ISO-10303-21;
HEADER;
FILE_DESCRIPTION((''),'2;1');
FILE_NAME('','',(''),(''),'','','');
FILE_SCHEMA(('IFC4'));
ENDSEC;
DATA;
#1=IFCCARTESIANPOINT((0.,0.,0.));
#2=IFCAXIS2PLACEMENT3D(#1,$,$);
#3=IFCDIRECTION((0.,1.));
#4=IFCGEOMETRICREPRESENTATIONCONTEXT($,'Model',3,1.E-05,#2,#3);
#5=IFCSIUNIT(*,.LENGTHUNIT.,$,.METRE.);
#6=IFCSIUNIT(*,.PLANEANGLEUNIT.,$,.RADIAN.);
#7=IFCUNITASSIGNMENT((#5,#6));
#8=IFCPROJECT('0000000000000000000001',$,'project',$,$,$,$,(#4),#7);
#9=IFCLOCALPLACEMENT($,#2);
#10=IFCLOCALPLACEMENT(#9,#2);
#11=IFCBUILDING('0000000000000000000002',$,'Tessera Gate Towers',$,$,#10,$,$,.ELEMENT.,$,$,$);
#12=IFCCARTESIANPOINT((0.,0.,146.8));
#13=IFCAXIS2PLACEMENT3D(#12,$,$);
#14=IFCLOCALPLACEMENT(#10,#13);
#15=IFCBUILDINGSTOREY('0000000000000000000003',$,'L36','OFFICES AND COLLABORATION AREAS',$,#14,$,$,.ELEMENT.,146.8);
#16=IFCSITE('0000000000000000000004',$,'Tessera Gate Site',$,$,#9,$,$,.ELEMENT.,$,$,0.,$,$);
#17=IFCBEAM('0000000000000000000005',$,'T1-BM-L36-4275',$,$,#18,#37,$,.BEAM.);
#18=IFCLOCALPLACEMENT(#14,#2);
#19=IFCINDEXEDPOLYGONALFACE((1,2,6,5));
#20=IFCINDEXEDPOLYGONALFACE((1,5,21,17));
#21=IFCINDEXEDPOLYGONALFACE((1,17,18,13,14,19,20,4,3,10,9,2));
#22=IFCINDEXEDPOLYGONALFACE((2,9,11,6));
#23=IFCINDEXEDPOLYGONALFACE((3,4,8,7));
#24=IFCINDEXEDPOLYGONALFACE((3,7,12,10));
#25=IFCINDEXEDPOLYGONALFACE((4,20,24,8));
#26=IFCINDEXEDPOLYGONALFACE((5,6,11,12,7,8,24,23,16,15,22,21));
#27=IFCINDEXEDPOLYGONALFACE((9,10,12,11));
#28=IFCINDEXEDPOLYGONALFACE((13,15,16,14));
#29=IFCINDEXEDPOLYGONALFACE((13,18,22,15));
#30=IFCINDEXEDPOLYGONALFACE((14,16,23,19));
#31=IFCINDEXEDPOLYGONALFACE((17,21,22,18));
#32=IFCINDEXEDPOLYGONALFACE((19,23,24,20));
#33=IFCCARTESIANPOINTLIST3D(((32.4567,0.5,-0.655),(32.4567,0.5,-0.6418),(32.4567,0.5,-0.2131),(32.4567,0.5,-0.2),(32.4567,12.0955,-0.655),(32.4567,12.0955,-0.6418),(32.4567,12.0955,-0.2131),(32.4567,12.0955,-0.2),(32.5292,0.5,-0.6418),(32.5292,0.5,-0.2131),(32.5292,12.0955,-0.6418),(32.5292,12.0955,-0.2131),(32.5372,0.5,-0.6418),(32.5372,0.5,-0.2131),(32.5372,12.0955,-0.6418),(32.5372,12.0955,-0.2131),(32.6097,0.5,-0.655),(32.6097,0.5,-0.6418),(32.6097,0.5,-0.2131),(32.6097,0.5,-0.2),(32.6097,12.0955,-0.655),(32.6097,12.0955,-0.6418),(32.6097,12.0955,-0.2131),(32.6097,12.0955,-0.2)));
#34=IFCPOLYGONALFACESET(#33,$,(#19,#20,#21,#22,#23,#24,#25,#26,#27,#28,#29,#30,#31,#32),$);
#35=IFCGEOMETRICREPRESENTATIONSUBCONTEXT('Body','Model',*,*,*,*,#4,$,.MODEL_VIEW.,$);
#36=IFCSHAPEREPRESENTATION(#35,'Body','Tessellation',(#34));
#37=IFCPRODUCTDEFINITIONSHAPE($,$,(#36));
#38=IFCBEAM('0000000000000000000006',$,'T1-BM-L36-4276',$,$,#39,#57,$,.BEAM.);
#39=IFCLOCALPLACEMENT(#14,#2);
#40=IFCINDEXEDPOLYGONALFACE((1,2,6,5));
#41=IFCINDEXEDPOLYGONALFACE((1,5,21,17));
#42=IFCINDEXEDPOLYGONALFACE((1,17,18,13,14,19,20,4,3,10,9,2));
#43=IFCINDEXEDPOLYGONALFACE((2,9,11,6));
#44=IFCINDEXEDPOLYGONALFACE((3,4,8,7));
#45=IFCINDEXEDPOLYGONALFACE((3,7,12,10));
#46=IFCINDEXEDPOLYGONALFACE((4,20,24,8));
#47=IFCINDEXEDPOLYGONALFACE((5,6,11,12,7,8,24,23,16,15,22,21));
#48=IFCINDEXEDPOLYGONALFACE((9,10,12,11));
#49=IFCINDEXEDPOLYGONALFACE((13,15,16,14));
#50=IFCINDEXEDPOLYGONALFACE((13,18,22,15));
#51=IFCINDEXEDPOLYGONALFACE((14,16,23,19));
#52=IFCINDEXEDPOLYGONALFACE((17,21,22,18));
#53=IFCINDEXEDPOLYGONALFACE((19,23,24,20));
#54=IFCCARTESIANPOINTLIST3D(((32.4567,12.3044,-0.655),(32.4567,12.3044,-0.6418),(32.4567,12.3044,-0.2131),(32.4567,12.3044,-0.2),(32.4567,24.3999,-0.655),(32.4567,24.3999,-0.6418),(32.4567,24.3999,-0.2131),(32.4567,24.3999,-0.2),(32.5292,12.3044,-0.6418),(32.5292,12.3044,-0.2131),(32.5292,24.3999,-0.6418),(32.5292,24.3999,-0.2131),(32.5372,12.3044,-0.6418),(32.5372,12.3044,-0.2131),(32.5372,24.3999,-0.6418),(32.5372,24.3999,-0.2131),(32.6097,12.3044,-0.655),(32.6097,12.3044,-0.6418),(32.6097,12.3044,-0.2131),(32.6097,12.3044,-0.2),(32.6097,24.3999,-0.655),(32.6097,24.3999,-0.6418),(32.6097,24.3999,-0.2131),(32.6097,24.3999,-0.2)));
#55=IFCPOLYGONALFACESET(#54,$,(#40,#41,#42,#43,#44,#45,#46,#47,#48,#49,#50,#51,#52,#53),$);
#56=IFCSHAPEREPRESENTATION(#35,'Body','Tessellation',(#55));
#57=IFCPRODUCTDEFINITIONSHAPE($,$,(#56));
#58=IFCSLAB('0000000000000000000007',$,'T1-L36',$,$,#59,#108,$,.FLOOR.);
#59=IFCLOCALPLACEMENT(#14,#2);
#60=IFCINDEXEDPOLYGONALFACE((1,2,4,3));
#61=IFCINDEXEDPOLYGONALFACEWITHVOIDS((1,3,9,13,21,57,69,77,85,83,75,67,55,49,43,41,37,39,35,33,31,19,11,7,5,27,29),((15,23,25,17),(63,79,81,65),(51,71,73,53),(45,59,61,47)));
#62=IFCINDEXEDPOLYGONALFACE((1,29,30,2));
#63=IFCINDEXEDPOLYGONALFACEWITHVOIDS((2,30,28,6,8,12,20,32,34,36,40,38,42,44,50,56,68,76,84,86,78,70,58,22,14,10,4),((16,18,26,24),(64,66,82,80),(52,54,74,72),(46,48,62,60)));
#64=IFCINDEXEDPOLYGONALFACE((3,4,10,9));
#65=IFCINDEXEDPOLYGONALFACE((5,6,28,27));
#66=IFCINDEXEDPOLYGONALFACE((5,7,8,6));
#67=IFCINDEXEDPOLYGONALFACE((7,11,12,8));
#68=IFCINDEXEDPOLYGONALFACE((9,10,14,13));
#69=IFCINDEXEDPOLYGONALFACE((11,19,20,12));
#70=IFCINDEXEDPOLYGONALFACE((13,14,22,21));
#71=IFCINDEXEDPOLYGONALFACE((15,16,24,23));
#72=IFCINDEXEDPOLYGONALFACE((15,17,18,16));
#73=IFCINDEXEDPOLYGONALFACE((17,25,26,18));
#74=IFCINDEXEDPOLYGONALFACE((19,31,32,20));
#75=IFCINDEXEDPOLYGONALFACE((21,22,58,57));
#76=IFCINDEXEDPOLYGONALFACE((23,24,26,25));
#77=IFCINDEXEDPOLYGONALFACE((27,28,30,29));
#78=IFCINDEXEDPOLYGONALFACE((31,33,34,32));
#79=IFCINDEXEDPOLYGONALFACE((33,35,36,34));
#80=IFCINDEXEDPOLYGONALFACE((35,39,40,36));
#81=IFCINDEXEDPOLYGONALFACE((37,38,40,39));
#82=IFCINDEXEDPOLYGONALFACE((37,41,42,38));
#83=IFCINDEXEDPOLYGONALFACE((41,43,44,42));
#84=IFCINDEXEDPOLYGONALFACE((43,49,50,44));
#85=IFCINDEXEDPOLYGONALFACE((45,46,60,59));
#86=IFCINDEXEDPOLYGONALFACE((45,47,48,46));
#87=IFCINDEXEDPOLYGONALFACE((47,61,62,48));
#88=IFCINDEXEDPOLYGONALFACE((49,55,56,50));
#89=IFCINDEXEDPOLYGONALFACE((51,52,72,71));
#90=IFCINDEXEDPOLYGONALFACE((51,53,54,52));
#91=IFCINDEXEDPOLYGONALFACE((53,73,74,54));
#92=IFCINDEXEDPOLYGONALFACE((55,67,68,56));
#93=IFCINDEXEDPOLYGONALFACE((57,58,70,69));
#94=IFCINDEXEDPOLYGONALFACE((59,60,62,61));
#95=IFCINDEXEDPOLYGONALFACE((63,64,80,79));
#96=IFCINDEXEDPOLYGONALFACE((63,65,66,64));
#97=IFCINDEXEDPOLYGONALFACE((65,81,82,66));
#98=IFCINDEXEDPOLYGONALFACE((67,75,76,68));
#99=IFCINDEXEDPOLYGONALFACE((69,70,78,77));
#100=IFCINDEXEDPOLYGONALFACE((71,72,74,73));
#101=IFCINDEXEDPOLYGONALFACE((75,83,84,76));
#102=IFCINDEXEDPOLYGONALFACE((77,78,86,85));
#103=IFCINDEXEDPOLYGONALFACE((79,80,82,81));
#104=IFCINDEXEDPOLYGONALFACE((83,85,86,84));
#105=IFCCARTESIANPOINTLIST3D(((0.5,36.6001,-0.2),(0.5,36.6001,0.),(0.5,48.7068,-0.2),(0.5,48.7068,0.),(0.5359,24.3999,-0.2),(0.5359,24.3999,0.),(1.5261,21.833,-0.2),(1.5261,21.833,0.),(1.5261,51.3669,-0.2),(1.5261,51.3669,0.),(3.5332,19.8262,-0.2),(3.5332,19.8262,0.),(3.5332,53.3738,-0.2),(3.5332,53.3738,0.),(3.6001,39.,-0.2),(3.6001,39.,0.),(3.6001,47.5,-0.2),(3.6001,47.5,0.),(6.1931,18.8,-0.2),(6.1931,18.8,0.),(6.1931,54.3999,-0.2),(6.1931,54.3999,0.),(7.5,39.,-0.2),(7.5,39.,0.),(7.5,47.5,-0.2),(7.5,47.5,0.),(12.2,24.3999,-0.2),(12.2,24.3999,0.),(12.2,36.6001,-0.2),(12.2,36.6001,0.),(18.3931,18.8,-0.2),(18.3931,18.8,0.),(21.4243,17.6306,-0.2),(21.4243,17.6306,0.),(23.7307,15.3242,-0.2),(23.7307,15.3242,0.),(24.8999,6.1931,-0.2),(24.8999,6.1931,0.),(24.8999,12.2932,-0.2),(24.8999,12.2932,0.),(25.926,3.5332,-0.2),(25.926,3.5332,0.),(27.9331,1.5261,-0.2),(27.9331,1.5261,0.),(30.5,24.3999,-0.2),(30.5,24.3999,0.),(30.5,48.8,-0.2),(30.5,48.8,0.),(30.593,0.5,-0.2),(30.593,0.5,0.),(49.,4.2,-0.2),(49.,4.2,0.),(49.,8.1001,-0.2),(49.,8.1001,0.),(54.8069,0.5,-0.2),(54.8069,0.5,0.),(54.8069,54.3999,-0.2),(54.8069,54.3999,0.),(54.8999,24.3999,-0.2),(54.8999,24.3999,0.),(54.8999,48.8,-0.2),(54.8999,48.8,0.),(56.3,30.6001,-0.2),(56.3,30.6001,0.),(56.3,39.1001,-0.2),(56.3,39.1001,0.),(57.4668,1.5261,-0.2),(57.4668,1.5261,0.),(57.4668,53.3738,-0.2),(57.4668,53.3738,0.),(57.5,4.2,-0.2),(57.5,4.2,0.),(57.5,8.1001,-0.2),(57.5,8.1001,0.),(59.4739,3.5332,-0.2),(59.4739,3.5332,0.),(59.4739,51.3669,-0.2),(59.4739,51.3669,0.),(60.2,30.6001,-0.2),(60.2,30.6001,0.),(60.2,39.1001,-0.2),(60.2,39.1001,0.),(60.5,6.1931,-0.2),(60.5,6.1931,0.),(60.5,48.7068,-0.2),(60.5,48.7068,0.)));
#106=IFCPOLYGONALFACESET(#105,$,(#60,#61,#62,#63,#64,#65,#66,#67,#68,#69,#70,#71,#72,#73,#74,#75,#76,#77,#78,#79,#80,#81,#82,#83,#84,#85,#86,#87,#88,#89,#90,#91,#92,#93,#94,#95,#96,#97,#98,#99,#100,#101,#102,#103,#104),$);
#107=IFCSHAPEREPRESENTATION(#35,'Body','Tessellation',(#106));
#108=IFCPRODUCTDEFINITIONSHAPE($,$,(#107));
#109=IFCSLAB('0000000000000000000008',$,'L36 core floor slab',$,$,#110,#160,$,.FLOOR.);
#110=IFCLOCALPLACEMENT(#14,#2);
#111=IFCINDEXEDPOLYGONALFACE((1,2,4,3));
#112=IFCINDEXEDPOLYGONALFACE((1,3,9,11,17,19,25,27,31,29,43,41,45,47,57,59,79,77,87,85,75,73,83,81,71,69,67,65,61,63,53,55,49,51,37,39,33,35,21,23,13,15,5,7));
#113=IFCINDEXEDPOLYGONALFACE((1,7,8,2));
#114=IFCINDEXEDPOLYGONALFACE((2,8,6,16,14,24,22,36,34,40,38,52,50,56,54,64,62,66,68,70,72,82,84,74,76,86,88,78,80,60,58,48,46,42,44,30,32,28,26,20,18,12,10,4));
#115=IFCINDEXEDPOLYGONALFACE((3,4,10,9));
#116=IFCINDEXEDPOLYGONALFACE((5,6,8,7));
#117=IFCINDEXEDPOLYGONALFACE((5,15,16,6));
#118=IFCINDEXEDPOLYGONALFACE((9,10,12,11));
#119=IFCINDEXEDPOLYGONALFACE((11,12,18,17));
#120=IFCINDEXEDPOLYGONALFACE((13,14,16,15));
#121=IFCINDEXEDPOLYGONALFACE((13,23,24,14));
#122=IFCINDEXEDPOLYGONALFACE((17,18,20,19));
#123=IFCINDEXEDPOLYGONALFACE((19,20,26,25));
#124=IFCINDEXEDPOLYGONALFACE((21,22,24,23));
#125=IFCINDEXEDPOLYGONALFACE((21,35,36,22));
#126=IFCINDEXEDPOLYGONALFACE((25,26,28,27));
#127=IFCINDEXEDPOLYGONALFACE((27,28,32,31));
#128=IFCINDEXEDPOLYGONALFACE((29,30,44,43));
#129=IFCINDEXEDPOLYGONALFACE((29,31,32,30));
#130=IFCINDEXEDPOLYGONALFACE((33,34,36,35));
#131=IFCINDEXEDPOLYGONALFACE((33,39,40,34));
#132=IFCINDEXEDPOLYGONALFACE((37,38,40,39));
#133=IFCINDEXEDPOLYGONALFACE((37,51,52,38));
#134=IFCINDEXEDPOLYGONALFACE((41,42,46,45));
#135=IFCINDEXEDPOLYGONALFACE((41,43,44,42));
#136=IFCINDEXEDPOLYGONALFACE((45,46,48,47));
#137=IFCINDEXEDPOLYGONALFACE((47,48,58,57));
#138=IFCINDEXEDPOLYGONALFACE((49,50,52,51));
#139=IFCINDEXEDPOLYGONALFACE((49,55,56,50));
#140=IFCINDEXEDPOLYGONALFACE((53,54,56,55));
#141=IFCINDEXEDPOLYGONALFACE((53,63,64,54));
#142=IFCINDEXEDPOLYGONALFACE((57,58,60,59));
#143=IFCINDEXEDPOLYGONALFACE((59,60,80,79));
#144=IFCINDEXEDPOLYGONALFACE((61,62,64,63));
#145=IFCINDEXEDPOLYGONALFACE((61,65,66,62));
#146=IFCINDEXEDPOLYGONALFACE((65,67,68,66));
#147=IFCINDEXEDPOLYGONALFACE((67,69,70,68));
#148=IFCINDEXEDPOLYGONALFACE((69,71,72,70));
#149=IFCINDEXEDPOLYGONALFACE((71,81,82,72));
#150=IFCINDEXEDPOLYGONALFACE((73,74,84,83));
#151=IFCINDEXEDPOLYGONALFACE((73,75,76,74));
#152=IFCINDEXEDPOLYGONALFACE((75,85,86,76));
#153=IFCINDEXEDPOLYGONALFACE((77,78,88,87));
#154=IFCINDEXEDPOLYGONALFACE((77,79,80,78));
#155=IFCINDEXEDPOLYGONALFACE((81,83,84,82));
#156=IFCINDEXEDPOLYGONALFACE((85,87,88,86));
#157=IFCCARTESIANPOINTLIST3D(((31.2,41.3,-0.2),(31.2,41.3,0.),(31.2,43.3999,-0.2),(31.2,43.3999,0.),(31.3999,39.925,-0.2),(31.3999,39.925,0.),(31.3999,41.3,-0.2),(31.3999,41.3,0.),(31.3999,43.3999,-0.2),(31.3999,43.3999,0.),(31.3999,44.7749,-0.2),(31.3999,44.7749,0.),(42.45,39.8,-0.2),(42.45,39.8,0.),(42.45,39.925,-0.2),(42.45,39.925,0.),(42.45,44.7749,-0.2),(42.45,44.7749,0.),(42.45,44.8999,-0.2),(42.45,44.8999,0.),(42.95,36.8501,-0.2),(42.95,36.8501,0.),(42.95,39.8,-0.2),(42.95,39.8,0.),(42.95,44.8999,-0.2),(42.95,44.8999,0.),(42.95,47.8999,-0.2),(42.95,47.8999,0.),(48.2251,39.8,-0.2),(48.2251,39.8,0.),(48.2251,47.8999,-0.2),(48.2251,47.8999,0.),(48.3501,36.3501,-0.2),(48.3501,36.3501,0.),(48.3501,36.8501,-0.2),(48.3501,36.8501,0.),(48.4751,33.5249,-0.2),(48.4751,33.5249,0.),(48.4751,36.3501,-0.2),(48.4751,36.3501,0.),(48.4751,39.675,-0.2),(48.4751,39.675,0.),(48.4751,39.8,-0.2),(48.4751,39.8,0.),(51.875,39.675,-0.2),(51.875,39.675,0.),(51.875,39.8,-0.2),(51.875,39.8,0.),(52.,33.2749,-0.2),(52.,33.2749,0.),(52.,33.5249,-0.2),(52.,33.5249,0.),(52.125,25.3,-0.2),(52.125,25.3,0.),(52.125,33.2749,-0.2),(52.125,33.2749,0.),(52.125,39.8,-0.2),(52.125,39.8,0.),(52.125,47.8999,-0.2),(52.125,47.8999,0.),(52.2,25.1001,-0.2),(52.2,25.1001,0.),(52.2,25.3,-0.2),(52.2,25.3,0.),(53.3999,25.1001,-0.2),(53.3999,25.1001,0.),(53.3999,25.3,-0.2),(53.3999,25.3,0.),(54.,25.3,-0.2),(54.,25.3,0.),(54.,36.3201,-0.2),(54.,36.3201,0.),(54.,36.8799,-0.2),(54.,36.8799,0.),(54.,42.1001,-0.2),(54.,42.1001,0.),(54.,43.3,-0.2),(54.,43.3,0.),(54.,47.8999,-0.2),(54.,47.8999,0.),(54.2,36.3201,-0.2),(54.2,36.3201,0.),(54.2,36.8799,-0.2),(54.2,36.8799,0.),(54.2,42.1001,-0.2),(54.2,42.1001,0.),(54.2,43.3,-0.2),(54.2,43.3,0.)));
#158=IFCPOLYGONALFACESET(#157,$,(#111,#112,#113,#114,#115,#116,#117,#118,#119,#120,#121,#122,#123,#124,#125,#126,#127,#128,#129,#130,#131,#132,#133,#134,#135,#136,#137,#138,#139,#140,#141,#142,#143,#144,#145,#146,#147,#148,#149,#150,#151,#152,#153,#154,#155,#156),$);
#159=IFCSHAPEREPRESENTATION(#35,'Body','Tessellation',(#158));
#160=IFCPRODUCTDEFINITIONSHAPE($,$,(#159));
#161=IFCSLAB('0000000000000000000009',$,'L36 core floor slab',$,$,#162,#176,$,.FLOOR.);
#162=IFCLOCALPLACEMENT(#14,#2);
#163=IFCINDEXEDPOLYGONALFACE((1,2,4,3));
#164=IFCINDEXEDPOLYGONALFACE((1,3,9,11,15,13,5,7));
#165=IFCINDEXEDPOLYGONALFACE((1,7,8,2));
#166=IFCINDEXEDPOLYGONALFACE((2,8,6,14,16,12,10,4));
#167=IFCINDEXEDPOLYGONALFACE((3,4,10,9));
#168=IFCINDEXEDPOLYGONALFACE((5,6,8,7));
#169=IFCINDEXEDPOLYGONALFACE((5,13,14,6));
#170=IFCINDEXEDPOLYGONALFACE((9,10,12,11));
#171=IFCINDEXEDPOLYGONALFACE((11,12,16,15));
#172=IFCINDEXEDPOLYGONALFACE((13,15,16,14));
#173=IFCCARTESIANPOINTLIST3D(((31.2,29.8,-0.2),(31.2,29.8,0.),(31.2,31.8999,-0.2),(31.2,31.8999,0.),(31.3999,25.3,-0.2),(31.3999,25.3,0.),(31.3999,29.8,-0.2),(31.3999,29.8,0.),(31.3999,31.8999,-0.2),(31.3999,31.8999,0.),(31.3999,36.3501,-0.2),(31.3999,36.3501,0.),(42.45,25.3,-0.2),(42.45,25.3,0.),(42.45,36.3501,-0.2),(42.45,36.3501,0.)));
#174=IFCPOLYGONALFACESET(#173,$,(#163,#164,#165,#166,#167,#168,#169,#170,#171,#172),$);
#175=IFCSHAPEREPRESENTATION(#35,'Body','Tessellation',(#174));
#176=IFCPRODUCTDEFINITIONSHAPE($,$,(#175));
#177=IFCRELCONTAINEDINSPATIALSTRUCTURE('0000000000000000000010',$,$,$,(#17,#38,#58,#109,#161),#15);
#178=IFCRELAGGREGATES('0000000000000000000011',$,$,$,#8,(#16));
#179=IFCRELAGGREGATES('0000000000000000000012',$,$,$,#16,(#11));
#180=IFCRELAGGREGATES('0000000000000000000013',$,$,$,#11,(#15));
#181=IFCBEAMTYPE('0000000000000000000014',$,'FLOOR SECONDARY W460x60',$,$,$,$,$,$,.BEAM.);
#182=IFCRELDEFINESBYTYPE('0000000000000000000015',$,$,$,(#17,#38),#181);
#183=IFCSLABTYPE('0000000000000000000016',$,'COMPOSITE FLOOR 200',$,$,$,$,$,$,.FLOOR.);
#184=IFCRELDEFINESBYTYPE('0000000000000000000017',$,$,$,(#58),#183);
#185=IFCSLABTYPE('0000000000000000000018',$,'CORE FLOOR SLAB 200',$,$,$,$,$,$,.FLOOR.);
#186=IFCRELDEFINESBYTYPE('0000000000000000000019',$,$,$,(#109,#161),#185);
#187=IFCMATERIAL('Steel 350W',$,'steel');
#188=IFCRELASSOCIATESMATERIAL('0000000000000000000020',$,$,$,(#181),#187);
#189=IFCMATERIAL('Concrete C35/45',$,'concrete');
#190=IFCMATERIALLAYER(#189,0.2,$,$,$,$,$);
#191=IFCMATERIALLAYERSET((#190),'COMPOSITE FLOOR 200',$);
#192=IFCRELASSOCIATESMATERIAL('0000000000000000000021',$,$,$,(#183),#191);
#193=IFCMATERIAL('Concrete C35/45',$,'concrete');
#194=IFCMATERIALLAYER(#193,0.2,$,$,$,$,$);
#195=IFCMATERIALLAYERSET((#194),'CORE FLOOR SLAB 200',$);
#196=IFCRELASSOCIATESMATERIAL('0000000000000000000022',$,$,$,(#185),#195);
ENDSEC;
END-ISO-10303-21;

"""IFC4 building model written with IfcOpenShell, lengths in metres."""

from ifc_helpers import new_model, si_unit, direction, frame, origin, origin_2d, place, context, subcontext, project, spatial, polyline, i_section, outline, extrude, material, layer, layer_set, material_profile, profile_set, type_object, element, save


model = new_model("IFC4")

# Units and contexts
model_context = context("Model", 3, precision=1e-05, world=origin(), true_north=direction((0.0, 1.0)))
body_context = subcontext(model_context, "Body", "Model", "MODEL_VIEW")
ifc_project = project(units=[si_unit("LENGTHUNIT", "METRE"), si_unit("PLANEANGLEUNIT", "RADIAN")], contexts=[model_context])

# Site, building, storey
site_placement = place(None, origin())
site = spatial("IfcSite", under=ifc_project, at=site_placement, Name="Tessera Gate Site", CompositionType="ELEMENT", RefElevation=0.0)
building_placement = place(site_placement, origin())
building = spatial("IfcBuilding", under=site, at=building_placement, Name="Tessera Gate Towers", CompositionType="ELEMENT")
storey_placement = place(building_placement, frame((0.0, 0.0, 146.8)))
storey = spatial("IfcBuildingStorey", under=building, at=storey_placement, Name="L36", Description="OFFICES AND COLLABORATION AREAS", CompositionType="ELEMENT", Elevation=146.8)

# Beams
ifc_material_1 = material(Name="Steel 350W", Category="steel")
ifc_material_profile_1 = material_profile(ifc_material_1, i_section(OverallWidth=0.1531, OverallDepth=0.4551, WebThickness=0.0081, FlangeThickness=0.0132, at=origin_2d()), Name="W460x60")
ifc_profile_set_1 = profile_set([ifc_material_profile_1], Name="Steel 350W")
beam_type_1 = type_object("IfcBeamType", Name="FLOOR SECONDARY W460x60", PredefinedType="BEAM", material=ifc_profile_set_1)
beam_1_placement = place(storey_placement, frame((32.5332, 0.5, -0.4275), z_axis=(0.0, 1.0, 0.0), x_axis=(-1.0, 0.0, 0.0)))
element("IfcBeam", 1, at=beam_1_placement, inside=storey, type_object=beam_type_1, Name="T1-BM-L36-4275", PredefinedType="BEAM", context=body_context, shape_type="SweptSolid", body=[
    extrude(i_section(OverallWidth=0.1531, OverallDepth=0.4551, WebThickness=0.0081, FlangeThickness=0.0132, at=origin_2d()), origin(), (0.0, 0.0, 1.0), 11.5955),
])
beam_2_placement = place(storey_placement, frame((32.5332, 12.3044, -0.4275), z_axis=(0.0, 1.0, 0.0), x_axis=(-1.0, 0.0, 0.0)))
element("IfcBeam", 2, at=beam_2_placement, inside=storey, type_object=beam_type_1, Name="T1-BM-L36-4276", PredefinedType="BEAM", context=body_context, shape_type="SweptSolid", body=[
    extrude(i_section(OverallWidth=0.1531, OverallDepth=0.4551, WebThickness=0.0081, FlangeThickness=0.0132, at=origin_2d()), origin(), (0.0, 0.0, 1.0), 12.0955),
])

# Slabs
ifc_material_2 = material(Name="Concrete C35/45", Category="concrete")
ifc_layer_1 = layer(ifc_material_2, 0.2)
ifc_layer_set_1 = layer_set([ifc_layer_1], Name="COMPOSITE FLOOR 200")
slab_type_1 = type_object("IfcSlabType", Name="COMPOSITE FLOOR 200", PredefinedType="FLOOR", material=ifc_layer_set_1)
slab_1_placement = place(storey_placement, frame((0.0, 0.0, -0.2)))
element("IfcSlab", 3, at=slab_1_placement, inside=storey, type_object=slab_type_1, Name="T1-L36", PredefinedType="FLOOR", context=body_context, shape_type="SweptSolid", body=[
    extrude(outline(polyline([(0.5, 36.6001), (12.2, 36.6001), (12.2, 24.3999), (0.5359, 24.3999), (1.5261, 21.833), (3.5332, 19.8262), (6.1931, 18.8), (18.3931, 18.8), (21.4243, 17.6306), (23.7307, 15.3242), (24.8999, 12.2932), (24.8999, 6.1931), (25.926, 3.5332), (27.9331, 1.5261), (30.593, 0.5), (54.8069, 0.5), (57.4668, 1.5261), (59.4739, 3.5332), (60.5, 6.1931), (60.5, 48.7068), (59.4739, 51.3669), (57.4668, 53.3738), (54.8069, 54.3999), (6.1931, 54.3999), (3.5332, 53.3738), (1.5261, 51.3669), (0.5, 48.7068), (0.5, 36.6001)]), holes=[polyline([(3.6001, 39.0), (3.6001, 47.5), (7.5, 47.5), (7.5, 39.0), (3.6001, 39.0)]), polyline([(30.5, 24.3999), (30.5, 48.8), (54.8999, 48.8), (54.8999, 24.3999), (30.5, 24.3999)]), polyline([(49.0, 4.2), (49.0, 8.1001), (57.5, 8.1001), (57.5, 4.2), (49.0, 4.2)]), polyline([(56.3, 30.6001), (56.3, 39.1001), (60.2, 39.1001), (60.2, 30.6001), (56.3, 30.6001)])]), origin(), (0.0, 0.0, 1.0), 0.2),
])
ifc_material_3 = material(Name="Concrete C35/45", Category="concrete")
ifc_layer_2 = layer(ifc_material_3, 0.2)
ifc_layer_set_2 = layer_set([ifc_layer_2], Name="CORE FLOOR SLAB 200")
slab_type_2 = type_object("IfcSlabType", Name="CORE FLOOR SLAB 200", PredefinedType="FLOOR", material=ifc_layer_set_2)
slab_2_placement = place(storey_placement, frame((0.0, 0.0, -0.2)))
element("IfcSlab", 4, at=slab_2_placement, inside=storey, type_object=slab_type_2, Name="L36 core floor slab", PredefinedType="FLOOR", context=body_context, shape_type="SweptSolid", body=[
    extrude(outline(polyline([(42.45, 44.8999), (42.45, 44.7749), (31.3999, 44.7749), (31.3999, 43.3999), (31.2, 43.3999), (31.2, 41.3), (31.3999, 41.3), (31.3999, 39.925), (42.45, 39.925), (42.45, 39.8), (42.95, 39.8), (42.95, 36.8501), (48.3501, 36.8501), (48.3501, 36.3501), (48.4751, 36.3501), (48.4751, 33.5249), (52.0, 33.5249), (52.0, 33.2749), (52.125, 33.2749), (52.125, 25.3), (52.2, 25.3), (52.2, 25.1001), (53.3999, 25.1001), (53.3999, 25.3), (54.0, 25.3), (54.0, 36.3201), (54.2, 36.3201), (54.2, 36.8799), (54.0, 36.8799), (54.0, 42.1001), (54.2, 42.1001), (54.2, 43.3), (54.0, 43.3), (54.0, 47.8999), (52.125, 47.8999), (52.125, 39.8), (51.875, 39.8), (51.875, 39.675), (48.4751, 39.675), (48.4751, 39.8), (48.2251, 39.8), (48.2251, 47.8999), (42.95, 47.8999), (42.95, 44.8999), (42.45, 44.8999)])), origin(), (0.0, 0.0, 1.0), 0.2),
])
slab_3_placement = place(storey_placement, frame((0.0, 0.0, -0.2)))
element("IfcSlab", 5, at=slab_3_placement, inside=storey, type_object=slab_type_2, Name="L36 core floor slab", PredefinedType="FLOOR", context=body_context, shape_type="SweptSolid", body=[
    extrude(outline(polyline([(31.3999, 36.3501), (31.3999, 31.8999), (31.2, 31.8999), (31.2, 29.8), (31.3999, 29.8), (31.3999, 25.3), (42.45, 25.3), (42.45, 36.3501), (31.3999, 36.3501)])), origin(), (0.0, 0.0, 1.0), 0.2),
])

save(model, "model.ifc")
